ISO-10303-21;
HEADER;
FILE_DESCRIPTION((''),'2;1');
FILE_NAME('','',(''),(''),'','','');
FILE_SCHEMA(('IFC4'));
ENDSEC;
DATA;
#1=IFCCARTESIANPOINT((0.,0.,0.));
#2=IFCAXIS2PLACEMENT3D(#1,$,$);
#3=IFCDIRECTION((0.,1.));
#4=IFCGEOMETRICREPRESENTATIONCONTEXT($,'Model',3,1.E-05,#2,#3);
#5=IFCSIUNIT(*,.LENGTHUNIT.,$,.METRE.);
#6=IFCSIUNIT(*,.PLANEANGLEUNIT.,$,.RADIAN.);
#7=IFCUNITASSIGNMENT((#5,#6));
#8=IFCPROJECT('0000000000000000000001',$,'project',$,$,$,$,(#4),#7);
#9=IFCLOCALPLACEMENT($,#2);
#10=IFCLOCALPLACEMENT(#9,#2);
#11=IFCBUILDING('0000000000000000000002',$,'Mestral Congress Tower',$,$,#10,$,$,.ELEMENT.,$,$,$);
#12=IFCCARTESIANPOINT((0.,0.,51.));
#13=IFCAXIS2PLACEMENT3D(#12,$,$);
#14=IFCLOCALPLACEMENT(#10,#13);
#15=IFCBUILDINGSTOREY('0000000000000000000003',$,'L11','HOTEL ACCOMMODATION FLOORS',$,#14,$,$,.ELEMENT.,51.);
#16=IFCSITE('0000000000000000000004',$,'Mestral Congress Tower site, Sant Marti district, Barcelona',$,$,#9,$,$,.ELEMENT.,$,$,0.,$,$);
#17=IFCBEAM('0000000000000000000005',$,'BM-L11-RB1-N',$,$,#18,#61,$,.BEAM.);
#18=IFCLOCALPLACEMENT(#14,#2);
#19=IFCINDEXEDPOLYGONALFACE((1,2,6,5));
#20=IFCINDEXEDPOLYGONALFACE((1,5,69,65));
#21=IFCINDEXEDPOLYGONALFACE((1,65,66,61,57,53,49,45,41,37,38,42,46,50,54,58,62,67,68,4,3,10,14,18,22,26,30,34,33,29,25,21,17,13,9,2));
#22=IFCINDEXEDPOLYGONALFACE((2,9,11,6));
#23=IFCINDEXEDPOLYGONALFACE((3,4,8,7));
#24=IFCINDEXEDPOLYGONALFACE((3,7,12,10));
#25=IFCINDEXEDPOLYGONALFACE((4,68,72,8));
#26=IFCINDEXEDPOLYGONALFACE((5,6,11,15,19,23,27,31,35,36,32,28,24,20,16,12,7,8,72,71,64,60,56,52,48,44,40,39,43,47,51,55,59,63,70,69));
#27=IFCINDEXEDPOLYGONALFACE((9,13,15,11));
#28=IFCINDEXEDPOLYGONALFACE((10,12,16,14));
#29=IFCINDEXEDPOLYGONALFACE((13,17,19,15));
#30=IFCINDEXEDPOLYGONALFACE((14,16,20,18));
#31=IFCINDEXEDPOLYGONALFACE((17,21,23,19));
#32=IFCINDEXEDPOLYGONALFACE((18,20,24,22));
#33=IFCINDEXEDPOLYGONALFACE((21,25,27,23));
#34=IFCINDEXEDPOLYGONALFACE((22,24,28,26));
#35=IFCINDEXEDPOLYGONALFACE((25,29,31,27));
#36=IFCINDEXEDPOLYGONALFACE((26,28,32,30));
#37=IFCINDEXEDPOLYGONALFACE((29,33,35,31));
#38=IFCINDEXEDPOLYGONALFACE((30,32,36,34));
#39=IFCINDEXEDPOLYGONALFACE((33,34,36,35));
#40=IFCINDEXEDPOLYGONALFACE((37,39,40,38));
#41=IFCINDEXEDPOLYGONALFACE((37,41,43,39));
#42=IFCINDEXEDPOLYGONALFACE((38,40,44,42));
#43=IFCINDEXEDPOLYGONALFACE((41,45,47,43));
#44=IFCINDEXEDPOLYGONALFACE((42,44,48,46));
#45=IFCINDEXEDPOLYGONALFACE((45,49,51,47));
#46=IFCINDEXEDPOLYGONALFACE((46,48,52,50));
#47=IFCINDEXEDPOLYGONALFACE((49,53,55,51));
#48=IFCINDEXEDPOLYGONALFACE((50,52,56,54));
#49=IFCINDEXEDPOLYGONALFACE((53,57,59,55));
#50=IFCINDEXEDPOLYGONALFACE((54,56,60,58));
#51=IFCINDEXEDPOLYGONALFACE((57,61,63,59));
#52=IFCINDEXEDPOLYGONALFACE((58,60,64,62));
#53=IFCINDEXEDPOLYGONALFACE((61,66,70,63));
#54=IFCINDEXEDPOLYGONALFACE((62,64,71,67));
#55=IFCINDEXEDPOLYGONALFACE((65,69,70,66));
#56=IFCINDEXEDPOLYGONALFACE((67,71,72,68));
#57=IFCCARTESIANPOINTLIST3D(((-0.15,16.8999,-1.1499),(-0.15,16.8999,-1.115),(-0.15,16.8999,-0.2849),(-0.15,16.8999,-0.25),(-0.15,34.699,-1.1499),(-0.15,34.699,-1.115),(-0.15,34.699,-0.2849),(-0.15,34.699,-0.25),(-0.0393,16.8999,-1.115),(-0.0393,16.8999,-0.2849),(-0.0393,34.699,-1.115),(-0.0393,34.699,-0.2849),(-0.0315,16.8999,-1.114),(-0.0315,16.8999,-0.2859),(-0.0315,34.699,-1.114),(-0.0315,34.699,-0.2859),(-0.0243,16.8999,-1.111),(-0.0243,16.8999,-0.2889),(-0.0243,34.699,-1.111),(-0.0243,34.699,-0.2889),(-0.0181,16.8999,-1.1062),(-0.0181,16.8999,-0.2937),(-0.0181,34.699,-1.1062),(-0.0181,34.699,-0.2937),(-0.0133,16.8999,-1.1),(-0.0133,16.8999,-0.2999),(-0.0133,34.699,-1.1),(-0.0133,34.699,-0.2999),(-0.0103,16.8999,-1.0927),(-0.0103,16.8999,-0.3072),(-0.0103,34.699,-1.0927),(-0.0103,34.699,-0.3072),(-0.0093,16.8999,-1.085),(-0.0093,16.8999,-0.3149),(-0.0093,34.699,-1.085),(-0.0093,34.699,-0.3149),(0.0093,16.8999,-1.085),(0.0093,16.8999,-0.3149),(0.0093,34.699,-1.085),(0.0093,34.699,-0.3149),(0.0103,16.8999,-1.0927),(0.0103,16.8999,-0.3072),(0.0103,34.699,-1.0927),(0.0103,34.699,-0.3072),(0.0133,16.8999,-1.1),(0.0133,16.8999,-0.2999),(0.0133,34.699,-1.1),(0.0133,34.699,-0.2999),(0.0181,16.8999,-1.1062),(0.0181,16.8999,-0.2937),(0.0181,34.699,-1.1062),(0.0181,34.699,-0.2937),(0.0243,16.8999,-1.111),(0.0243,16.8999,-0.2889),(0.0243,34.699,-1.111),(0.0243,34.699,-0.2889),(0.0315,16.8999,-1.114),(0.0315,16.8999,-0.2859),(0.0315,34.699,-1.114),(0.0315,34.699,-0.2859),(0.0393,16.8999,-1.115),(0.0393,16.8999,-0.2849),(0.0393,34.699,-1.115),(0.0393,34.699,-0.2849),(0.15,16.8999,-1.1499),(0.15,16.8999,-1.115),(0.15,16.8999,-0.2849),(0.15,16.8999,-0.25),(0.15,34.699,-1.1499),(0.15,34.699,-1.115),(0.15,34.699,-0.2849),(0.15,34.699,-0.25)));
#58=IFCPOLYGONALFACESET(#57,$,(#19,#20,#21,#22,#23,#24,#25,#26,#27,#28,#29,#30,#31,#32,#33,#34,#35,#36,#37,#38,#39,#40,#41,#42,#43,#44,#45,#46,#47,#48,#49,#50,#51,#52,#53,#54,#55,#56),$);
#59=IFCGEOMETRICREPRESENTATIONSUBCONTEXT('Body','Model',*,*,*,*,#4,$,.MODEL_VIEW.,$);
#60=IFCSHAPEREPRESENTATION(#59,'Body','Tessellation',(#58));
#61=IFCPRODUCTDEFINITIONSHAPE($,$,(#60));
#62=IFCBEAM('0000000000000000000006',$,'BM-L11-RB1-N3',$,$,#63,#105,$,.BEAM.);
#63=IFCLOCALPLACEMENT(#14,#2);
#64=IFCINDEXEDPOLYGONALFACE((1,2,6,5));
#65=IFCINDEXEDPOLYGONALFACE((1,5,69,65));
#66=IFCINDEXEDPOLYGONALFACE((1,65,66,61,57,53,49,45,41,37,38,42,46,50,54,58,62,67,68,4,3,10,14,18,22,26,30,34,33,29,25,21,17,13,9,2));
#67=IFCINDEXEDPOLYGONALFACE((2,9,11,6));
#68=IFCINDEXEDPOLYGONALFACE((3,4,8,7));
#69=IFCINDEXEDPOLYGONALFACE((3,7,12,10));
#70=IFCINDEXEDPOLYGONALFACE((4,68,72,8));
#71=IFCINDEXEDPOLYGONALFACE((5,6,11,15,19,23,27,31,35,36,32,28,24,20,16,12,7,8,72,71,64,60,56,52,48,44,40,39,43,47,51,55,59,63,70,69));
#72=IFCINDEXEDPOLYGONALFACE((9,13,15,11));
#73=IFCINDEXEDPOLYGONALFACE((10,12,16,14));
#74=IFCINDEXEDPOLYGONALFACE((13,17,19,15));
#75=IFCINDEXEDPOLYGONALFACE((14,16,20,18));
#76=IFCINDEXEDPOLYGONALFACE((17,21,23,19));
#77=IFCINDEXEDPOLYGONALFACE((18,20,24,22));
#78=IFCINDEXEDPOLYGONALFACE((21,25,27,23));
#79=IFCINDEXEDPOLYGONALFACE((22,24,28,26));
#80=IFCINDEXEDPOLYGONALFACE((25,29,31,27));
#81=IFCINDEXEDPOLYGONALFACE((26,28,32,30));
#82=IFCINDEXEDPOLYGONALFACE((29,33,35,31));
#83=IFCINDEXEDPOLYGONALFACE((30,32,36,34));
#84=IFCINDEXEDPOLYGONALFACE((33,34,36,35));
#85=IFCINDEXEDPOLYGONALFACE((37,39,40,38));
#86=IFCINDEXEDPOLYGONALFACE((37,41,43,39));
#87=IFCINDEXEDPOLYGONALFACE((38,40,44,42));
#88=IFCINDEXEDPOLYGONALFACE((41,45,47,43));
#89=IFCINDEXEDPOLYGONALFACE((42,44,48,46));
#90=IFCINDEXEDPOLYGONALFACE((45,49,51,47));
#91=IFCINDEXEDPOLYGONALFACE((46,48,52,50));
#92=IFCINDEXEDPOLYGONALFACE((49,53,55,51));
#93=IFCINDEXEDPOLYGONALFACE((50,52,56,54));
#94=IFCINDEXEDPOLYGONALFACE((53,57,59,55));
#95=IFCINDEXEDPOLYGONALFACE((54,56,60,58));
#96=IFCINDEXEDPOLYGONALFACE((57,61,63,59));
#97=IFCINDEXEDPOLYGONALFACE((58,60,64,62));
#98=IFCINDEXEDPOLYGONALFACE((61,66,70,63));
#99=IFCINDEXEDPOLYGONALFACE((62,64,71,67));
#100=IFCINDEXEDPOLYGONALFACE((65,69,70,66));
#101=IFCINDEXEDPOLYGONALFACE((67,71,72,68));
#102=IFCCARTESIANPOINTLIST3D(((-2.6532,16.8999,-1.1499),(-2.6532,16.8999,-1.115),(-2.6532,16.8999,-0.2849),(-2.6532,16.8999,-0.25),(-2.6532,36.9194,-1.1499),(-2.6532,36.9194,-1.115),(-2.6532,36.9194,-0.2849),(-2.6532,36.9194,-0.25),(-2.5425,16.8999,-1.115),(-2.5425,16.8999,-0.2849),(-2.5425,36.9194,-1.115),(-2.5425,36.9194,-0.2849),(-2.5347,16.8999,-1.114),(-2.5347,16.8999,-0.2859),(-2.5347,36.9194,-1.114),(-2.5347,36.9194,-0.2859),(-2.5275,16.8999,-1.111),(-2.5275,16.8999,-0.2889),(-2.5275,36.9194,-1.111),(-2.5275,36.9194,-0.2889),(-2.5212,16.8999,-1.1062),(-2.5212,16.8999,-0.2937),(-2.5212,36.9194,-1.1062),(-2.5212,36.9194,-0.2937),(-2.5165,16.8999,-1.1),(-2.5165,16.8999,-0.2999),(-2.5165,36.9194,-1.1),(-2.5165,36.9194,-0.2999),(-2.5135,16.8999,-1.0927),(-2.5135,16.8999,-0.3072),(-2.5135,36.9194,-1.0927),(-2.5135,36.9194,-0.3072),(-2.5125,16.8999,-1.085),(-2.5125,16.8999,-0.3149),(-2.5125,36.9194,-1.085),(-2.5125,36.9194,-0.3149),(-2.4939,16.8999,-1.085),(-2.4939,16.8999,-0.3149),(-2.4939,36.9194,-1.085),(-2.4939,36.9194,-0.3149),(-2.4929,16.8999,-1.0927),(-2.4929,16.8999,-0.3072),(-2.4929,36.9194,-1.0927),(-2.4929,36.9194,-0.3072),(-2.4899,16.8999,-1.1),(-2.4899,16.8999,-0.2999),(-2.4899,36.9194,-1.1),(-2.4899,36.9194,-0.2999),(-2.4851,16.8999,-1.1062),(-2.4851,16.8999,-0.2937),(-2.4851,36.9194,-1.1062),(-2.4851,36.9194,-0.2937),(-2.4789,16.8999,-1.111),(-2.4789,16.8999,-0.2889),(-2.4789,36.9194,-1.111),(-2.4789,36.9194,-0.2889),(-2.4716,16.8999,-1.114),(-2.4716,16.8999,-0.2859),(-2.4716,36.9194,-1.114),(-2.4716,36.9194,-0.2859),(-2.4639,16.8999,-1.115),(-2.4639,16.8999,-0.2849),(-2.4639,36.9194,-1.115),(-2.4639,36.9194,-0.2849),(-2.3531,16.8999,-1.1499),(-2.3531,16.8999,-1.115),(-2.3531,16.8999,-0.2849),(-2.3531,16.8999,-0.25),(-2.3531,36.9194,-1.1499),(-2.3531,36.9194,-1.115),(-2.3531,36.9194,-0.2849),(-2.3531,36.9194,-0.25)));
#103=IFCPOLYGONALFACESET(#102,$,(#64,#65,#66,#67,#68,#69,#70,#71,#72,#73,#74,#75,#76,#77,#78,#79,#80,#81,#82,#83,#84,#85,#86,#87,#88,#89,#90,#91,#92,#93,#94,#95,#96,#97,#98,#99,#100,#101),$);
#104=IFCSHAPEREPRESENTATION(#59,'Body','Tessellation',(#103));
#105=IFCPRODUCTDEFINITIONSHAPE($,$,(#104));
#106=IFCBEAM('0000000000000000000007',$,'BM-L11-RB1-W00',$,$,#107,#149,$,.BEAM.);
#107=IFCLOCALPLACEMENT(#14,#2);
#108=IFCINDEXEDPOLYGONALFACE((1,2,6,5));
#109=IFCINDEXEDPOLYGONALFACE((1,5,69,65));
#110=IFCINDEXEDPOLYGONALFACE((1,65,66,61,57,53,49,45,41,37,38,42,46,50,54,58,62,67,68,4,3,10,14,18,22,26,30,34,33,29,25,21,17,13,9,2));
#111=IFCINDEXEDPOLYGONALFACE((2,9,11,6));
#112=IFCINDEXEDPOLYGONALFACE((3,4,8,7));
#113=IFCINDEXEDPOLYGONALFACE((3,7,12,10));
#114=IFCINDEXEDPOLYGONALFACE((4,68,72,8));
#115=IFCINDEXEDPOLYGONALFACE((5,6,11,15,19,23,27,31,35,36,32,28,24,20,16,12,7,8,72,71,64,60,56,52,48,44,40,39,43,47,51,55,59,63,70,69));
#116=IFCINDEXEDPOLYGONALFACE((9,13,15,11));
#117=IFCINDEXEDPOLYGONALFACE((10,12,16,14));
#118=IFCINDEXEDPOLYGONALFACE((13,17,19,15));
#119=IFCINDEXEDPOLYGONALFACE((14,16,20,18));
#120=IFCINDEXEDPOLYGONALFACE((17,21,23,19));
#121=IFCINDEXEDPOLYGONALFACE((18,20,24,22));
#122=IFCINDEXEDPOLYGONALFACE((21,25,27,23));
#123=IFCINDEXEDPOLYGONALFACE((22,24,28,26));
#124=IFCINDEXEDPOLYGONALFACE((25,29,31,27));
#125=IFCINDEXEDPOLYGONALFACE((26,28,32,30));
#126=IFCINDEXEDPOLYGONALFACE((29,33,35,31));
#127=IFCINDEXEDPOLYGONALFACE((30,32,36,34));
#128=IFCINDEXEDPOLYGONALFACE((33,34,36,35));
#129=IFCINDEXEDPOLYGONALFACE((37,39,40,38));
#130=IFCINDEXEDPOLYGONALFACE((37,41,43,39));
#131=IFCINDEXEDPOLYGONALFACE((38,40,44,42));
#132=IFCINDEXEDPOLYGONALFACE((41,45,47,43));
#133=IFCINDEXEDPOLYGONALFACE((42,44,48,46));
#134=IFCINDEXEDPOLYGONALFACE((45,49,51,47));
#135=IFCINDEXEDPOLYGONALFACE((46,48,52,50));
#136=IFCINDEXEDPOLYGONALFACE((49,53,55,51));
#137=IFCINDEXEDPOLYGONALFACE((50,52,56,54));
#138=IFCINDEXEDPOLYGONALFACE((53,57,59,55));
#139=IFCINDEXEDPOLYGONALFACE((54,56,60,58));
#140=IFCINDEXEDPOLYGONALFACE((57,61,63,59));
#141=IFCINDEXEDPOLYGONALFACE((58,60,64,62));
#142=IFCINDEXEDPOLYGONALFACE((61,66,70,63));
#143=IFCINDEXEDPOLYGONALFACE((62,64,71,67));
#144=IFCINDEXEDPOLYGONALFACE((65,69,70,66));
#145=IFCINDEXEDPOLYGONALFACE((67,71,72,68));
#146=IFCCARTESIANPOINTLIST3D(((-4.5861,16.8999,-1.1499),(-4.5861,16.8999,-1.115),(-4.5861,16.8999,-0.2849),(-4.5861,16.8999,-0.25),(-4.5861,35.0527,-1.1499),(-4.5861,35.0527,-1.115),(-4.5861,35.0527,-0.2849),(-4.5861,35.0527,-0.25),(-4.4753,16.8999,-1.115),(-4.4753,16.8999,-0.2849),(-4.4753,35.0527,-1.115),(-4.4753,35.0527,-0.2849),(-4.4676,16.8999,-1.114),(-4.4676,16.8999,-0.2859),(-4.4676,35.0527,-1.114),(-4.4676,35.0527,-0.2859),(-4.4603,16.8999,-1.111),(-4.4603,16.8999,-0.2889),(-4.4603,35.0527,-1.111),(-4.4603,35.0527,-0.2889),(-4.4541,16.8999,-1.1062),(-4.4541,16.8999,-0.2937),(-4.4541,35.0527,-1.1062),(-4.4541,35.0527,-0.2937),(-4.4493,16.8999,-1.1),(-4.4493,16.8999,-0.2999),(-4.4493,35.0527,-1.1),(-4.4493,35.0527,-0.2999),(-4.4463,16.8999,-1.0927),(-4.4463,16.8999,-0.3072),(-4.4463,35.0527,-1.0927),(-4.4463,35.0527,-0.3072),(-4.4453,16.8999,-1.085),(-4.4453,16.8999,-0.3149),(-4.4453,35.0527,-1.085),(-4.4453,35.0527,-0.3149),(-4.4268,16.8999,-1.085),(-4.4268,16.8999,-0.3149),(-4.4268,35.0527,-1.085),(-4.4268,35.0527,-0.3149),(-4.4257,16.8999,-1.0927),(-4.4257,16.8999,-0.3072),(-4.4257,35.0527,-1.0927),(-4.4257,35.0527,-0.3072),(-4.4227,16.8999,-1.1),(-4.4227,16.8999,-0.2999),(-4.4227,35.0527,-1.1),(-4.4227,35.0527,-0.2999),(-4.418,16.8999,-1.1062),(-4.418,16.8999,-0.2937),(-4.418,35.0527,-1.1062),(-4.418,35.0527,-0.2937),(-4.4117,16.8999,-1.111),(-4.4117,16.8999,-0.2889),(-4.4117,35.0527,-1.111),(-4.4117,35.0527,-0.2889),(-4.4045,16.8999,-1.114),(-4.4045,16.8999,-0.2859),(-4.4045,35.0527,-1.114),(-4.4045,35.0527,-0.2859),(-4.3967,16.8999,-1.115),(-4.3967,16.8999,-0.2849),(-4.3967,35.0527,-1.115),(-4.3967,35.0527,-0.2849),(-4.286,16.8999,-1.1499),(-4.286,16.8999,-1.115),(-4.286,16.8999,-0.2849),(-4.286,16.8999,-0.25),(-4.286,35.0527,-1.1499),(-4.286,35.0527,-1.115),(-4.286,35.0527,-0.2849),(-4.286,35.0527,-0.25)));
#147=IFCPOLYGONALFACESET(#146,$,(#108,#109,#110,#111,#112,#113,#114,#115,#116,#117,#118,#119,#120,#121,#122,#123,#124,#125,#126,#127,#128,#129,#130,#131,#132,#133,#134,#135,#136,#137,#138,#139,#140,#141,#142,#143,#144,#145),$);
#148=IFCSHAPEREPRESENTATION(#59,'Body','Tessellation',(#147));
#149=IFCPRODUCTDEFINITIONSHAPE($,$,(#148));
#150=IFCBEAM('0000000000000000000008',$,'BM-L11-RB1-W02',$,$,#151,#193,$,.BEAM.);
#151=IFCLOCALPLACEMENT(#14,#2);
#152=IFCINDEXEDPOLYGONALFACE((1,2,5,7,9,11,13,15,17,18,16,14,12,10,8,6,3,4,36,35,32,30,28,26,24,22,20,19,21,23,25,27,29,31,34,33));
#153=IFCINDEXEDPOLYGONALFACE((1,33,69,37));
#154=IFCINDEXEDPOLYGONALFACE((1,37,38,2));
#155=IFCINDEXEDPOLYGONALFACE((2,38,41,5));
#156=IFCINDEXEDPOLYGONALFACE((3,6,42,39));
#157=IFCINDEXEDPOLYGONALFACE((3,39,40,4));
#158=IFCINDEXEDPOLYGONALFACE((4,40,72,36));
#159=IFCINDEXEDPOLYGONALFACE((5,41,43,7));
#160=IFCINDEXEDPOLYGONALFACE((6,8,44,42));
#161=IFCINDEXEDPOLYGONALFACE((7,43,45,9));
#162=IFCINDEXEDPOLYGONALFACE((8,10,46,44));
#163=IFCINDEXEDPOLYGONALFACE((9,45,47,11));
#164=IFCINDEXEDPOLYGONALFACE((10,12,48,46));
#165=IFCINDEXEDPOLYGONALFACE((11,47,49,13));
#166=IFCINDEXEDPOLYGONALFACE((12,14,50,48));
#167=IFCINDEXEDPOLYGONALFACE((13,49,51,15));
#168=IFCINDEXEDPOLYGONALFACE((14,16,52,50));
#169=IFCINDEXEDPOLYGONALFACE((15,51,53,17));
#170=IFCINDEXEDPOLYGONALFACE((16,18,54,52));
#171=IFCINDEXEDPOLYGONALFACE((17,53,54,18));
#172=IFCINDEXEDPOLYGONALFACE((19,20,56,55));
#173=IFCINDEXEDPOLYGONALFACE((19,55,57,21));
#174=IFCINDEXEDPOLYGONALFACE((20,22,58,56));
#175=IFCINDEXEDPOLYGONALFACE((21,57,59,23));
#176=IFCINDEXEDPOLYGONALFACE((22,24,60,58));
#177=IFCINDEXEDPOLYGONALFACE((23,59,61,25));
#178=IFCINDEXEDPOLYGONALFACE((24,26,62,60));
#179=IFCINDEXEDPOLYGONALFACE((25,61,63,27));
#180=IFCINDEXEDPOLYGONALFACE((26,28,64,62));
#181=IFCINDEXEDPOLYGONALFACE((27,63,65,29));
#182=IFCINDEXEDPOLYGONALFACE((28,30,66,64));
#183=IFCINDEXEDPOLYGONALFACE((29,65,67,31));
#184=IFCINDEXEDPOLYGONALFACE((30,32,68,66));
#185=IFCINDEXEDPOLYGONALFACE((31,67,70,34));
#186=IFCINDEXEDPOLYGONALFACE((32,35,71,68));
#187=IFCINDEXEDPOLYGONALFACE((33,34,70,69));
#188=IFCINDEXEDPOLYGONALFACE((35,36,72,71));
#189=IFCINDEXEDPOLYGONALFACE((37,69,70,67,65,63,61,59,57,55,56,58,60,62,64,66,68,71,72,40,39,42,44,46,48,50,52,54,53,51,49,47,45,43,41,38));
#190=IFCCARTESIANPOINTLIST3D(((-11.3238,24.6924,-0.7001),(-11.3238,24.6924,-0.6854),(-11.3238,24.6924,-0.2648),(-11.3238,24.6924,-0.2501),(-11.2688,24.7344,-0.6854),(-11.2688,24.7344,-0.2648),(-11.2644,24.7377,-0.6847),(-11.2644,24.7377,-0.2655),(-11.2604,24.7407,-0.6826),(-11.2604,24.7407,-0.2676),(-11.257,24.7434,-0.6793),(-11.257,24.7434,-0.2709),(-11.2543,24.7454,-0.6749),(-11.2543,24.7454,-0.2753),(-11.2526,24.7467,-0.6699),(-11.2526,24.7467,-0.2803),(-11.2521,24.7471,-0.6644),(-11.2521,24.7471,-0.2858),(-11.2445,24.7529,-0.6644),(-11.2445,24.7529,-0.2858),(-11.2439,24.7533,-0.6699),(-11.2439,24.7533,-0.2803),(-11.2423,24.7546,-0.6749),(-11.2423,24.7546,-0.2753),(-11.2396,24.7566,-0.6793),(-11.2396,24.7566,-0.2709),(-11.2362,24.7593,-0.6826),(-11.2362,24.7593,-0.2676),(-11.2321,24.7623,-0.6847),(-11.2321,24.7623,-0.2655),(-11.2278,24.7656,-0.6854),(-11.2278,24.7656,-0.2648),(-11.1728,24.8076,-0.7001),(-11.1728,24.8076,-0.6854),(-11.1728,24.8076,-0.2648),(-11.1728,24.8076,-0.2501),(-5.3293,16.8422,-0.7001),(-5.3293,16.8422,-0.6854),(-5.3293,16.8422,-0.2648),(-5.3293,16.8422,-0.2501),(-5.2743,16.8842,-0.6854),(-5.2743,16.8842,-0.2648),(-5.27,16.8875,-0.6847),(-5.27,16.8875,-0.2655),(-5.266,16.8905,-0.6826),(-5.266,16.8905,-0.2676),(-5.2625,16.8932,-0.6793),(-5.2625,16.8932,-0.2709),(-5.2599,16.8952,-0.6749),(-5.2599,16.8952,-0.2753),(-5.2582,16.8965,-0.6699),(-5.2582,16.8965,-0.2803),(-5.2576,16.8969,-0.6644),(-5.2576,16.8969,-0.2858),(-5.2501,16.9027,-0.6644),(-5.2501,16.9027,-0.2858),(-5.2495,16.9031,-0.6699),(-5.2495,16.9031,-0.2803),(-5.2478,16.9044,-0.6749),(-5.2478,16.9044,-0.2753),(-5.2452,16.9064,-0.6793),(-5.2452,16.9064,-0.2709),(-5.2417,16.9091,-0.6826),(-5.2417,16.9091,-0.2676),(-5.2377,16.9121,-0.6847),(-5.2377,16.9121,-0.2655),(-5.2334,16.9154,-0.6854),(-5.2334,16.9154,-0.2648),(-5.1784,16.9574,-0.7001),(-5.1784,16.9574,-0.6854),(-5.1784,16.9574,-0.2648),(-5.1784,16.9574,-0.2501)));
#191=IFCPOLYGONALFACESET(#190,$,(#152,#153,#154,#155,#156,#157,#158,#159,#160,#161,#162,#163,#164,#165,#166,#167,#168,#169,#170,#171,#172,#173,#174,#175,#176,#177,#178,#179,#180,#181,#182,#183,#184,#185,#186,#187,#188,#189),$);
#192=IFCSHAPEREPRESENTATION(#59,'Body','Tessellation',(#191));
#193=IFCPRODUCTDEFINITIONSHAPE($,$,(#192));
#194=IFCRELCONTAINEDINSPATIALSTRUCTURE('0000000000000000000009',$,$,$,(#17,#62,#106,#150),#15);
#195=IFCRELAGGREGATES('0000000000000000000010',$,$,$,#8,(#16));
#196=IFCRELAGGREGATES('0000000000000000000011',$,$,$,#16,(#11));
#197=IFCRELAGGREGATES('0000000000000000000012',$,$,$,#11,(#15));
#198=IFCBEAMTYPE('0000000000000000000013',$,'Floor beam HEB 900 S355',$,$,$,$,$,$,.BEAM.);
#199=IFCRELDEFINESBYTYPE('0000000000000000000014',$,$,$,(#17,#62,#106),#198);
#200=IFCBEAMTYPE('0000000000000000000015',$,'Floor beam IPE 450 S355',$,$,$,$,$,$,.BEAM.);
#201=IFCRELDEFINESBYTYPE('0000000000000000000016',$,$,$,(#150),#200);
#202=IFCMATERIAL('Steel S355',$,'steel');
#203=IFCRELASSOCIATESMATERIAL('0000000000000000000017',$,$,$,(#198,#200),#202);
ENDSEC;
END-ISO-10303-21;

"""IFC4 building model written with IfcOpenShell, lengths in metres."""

from ifc_helpers import new_model, si_unit, direction, frame, origin, origin_2d, place, context, subcontext, project, spatial, i_section, extrude, material, material_profile, profile_set, type_object, element, save


model = new_model("IFC4")

# Units and contexts
model_context = context("Model", 3, precision=1e-05, world=origin(), true_north=direction((0.0, 1.0)))
body_context = subcontext(model_context, "Body", "Model", "MODEL_VIEW")
ifc_project = project(units=[si_unit("LENGTHUNIT", "METRE"), si_unit("PLANEANGLEUNIT", "RADIAN")], contexts=[model_context])

# Site, building, storey
site_placement = place(None, origin())
site = spatial("IfcSite", under=ifc_project, at=site_placement, Name="Mestral Congress Tower site, Sant Marti district, Barcelona", CompositionType="ELEMENT", RefElevation=0.0)
building_placement = place(site_placement, origin())
building = spatial("IfcBuilding", under=site, at=building_placement, Name="Mestral Congress Tower", CompositionType="ELEMENT")
storey_placement = place(building_placement, frame((0.0, 0.0, 51.0)))
storey = spatial("IfcBuildingStorey", under=building, at=storey_placement, Name="L11", Description="HOTEL ACCOMMODATION FLOORS", CompositionType="ELEMENT", Elevation=51.0)

# Beams
ifc_material_1 = material(Name="Steel S355", Category="steel")
ifc_material_profile_1 = material_profile(ifc_material_1, i_section(OverallWidth=0.3, OverallDepth=0.8999, WebThickness=0.0186, FlangeThickness=0.0349, FilletRadius=0.03, at=origin_2d()), Name="HEB 900")
ifc_profile_set_1 = profile_set([ifc_material_profile_1], Name="Steel S355")
beam_type_1 = type_object("IfcBeamType", Name="Floor beam HEB 900 S355", PredefinedType="BEAM", material=ifc_profile_set_1)
beam_1_placement = place(storey_placement, frame((0.0, 34.699, -0.7), z_axis=(0.0, -1.0, 0.0), x_axis=(1.0, 0.0, 0.0)))
element("IfcBeam", 1, at=beam_1_placement, inside=storey, type_object=beam_type_1, Name="BM-L11-RB1-N", PredefinedType="BEAM", context=body_context, shape_type="SweptSolid", body=[
    extrude(i_section(OverallWidth=0.3, OverallDepth=0.8999, WebThickness=0.0186, FlangeThickness=0.0349, FilletRadius=0.03, at=origin_2d()), origin(), (0.0, 0.0, 1.0), 17.7991),
])
beam_2_placement = place(storey_placement, frame((-2.5032, 36.9194, -0.7), z_axis=(0.0, -1.0, 0.0), x_axis=(1.0, 0.0, 0.0)))
element("IfcBeam", 2, at=beam_2_placement, inside=storey, type_object=beam_type_1, Name="BM-L11-RB1-N3", PredefinedType="BEAM", context=body_context, shape_type="SweptSolid", body=[
    extrude(i_section(OverallWidth=0.3, OverallDepth=0.8999, WebThickness=0.0186, FlangeThickness=0.0349, FilletRadius=0.03, at=origin_2d()), origin(), (0.0, 0.0, 1.0), 20.0195),
])
beam_3_placement = place(storey_placement, frame((-4.436, 35.0527, -0.7), z_axis=(0.0, -1.0, 0.0), x_axis=(1.0, 0.0, 0.0)))
element("IfcBeam", 3, at=beam_3_placement, inside=storey, type_object=beam_type_1, Name="BM-L11-RB1-W00", PredefinedType="BEAM", context=body_context, shape_type="SweptSolid", body=[
    extrude(i_section(OverallWidth=0.3, OverallDepth=0.8999, WebThickness=0.0186, FlangeThickness=0.0349, FilletRadius=0.03, at=origin_2d()), origin(), (0.0, 0.0, 1.0), 18.1528),
])
ifc_material_profile_2 = material_profile(ifc_material_1, i_section(OverallWidth=0.1899, OverallDepth=0.45, WebThickness=0.0095, FlangeThickness=0.0146, FilletRadius=0.021, at=origin_2d()), Name="IPE 450")
ifc_profile_set_2 = profile_set([ifc_material_profile_2], Name="Steel S355")
beam_type_2 = type_object("IfcBeamType", Name="Floor beam IPE 450 S355", PredefinedType="BEAM", material=ifc_profile_set_2)
beam_4_placement = place(storey_placement, frame((-11.2483, 24.75, -0.4751), z_axis=(0.606899, -0.794779, 0.0), x_axis=(0.794779, 0.606899, 0.0)))
element("IfcBeam", 4, at=beam_4_placement, inside=storey, type_object=beam_type_2, Name="BM-L11-RB1-W02", PredefinedType="BEAM", context=body_context, shape_type="SweptSolid", body=[
    extrude(i_section(OverallWidth=0.1899, OverallDepth=0.45, WebThickness=0.0095, FlangeThickness=0.0146, FilletRadius=0.021, at=origin_2d()), origin(), (0.0, 0.0, 1.0), 9.8772),
])

save(model, "model.ifc")
